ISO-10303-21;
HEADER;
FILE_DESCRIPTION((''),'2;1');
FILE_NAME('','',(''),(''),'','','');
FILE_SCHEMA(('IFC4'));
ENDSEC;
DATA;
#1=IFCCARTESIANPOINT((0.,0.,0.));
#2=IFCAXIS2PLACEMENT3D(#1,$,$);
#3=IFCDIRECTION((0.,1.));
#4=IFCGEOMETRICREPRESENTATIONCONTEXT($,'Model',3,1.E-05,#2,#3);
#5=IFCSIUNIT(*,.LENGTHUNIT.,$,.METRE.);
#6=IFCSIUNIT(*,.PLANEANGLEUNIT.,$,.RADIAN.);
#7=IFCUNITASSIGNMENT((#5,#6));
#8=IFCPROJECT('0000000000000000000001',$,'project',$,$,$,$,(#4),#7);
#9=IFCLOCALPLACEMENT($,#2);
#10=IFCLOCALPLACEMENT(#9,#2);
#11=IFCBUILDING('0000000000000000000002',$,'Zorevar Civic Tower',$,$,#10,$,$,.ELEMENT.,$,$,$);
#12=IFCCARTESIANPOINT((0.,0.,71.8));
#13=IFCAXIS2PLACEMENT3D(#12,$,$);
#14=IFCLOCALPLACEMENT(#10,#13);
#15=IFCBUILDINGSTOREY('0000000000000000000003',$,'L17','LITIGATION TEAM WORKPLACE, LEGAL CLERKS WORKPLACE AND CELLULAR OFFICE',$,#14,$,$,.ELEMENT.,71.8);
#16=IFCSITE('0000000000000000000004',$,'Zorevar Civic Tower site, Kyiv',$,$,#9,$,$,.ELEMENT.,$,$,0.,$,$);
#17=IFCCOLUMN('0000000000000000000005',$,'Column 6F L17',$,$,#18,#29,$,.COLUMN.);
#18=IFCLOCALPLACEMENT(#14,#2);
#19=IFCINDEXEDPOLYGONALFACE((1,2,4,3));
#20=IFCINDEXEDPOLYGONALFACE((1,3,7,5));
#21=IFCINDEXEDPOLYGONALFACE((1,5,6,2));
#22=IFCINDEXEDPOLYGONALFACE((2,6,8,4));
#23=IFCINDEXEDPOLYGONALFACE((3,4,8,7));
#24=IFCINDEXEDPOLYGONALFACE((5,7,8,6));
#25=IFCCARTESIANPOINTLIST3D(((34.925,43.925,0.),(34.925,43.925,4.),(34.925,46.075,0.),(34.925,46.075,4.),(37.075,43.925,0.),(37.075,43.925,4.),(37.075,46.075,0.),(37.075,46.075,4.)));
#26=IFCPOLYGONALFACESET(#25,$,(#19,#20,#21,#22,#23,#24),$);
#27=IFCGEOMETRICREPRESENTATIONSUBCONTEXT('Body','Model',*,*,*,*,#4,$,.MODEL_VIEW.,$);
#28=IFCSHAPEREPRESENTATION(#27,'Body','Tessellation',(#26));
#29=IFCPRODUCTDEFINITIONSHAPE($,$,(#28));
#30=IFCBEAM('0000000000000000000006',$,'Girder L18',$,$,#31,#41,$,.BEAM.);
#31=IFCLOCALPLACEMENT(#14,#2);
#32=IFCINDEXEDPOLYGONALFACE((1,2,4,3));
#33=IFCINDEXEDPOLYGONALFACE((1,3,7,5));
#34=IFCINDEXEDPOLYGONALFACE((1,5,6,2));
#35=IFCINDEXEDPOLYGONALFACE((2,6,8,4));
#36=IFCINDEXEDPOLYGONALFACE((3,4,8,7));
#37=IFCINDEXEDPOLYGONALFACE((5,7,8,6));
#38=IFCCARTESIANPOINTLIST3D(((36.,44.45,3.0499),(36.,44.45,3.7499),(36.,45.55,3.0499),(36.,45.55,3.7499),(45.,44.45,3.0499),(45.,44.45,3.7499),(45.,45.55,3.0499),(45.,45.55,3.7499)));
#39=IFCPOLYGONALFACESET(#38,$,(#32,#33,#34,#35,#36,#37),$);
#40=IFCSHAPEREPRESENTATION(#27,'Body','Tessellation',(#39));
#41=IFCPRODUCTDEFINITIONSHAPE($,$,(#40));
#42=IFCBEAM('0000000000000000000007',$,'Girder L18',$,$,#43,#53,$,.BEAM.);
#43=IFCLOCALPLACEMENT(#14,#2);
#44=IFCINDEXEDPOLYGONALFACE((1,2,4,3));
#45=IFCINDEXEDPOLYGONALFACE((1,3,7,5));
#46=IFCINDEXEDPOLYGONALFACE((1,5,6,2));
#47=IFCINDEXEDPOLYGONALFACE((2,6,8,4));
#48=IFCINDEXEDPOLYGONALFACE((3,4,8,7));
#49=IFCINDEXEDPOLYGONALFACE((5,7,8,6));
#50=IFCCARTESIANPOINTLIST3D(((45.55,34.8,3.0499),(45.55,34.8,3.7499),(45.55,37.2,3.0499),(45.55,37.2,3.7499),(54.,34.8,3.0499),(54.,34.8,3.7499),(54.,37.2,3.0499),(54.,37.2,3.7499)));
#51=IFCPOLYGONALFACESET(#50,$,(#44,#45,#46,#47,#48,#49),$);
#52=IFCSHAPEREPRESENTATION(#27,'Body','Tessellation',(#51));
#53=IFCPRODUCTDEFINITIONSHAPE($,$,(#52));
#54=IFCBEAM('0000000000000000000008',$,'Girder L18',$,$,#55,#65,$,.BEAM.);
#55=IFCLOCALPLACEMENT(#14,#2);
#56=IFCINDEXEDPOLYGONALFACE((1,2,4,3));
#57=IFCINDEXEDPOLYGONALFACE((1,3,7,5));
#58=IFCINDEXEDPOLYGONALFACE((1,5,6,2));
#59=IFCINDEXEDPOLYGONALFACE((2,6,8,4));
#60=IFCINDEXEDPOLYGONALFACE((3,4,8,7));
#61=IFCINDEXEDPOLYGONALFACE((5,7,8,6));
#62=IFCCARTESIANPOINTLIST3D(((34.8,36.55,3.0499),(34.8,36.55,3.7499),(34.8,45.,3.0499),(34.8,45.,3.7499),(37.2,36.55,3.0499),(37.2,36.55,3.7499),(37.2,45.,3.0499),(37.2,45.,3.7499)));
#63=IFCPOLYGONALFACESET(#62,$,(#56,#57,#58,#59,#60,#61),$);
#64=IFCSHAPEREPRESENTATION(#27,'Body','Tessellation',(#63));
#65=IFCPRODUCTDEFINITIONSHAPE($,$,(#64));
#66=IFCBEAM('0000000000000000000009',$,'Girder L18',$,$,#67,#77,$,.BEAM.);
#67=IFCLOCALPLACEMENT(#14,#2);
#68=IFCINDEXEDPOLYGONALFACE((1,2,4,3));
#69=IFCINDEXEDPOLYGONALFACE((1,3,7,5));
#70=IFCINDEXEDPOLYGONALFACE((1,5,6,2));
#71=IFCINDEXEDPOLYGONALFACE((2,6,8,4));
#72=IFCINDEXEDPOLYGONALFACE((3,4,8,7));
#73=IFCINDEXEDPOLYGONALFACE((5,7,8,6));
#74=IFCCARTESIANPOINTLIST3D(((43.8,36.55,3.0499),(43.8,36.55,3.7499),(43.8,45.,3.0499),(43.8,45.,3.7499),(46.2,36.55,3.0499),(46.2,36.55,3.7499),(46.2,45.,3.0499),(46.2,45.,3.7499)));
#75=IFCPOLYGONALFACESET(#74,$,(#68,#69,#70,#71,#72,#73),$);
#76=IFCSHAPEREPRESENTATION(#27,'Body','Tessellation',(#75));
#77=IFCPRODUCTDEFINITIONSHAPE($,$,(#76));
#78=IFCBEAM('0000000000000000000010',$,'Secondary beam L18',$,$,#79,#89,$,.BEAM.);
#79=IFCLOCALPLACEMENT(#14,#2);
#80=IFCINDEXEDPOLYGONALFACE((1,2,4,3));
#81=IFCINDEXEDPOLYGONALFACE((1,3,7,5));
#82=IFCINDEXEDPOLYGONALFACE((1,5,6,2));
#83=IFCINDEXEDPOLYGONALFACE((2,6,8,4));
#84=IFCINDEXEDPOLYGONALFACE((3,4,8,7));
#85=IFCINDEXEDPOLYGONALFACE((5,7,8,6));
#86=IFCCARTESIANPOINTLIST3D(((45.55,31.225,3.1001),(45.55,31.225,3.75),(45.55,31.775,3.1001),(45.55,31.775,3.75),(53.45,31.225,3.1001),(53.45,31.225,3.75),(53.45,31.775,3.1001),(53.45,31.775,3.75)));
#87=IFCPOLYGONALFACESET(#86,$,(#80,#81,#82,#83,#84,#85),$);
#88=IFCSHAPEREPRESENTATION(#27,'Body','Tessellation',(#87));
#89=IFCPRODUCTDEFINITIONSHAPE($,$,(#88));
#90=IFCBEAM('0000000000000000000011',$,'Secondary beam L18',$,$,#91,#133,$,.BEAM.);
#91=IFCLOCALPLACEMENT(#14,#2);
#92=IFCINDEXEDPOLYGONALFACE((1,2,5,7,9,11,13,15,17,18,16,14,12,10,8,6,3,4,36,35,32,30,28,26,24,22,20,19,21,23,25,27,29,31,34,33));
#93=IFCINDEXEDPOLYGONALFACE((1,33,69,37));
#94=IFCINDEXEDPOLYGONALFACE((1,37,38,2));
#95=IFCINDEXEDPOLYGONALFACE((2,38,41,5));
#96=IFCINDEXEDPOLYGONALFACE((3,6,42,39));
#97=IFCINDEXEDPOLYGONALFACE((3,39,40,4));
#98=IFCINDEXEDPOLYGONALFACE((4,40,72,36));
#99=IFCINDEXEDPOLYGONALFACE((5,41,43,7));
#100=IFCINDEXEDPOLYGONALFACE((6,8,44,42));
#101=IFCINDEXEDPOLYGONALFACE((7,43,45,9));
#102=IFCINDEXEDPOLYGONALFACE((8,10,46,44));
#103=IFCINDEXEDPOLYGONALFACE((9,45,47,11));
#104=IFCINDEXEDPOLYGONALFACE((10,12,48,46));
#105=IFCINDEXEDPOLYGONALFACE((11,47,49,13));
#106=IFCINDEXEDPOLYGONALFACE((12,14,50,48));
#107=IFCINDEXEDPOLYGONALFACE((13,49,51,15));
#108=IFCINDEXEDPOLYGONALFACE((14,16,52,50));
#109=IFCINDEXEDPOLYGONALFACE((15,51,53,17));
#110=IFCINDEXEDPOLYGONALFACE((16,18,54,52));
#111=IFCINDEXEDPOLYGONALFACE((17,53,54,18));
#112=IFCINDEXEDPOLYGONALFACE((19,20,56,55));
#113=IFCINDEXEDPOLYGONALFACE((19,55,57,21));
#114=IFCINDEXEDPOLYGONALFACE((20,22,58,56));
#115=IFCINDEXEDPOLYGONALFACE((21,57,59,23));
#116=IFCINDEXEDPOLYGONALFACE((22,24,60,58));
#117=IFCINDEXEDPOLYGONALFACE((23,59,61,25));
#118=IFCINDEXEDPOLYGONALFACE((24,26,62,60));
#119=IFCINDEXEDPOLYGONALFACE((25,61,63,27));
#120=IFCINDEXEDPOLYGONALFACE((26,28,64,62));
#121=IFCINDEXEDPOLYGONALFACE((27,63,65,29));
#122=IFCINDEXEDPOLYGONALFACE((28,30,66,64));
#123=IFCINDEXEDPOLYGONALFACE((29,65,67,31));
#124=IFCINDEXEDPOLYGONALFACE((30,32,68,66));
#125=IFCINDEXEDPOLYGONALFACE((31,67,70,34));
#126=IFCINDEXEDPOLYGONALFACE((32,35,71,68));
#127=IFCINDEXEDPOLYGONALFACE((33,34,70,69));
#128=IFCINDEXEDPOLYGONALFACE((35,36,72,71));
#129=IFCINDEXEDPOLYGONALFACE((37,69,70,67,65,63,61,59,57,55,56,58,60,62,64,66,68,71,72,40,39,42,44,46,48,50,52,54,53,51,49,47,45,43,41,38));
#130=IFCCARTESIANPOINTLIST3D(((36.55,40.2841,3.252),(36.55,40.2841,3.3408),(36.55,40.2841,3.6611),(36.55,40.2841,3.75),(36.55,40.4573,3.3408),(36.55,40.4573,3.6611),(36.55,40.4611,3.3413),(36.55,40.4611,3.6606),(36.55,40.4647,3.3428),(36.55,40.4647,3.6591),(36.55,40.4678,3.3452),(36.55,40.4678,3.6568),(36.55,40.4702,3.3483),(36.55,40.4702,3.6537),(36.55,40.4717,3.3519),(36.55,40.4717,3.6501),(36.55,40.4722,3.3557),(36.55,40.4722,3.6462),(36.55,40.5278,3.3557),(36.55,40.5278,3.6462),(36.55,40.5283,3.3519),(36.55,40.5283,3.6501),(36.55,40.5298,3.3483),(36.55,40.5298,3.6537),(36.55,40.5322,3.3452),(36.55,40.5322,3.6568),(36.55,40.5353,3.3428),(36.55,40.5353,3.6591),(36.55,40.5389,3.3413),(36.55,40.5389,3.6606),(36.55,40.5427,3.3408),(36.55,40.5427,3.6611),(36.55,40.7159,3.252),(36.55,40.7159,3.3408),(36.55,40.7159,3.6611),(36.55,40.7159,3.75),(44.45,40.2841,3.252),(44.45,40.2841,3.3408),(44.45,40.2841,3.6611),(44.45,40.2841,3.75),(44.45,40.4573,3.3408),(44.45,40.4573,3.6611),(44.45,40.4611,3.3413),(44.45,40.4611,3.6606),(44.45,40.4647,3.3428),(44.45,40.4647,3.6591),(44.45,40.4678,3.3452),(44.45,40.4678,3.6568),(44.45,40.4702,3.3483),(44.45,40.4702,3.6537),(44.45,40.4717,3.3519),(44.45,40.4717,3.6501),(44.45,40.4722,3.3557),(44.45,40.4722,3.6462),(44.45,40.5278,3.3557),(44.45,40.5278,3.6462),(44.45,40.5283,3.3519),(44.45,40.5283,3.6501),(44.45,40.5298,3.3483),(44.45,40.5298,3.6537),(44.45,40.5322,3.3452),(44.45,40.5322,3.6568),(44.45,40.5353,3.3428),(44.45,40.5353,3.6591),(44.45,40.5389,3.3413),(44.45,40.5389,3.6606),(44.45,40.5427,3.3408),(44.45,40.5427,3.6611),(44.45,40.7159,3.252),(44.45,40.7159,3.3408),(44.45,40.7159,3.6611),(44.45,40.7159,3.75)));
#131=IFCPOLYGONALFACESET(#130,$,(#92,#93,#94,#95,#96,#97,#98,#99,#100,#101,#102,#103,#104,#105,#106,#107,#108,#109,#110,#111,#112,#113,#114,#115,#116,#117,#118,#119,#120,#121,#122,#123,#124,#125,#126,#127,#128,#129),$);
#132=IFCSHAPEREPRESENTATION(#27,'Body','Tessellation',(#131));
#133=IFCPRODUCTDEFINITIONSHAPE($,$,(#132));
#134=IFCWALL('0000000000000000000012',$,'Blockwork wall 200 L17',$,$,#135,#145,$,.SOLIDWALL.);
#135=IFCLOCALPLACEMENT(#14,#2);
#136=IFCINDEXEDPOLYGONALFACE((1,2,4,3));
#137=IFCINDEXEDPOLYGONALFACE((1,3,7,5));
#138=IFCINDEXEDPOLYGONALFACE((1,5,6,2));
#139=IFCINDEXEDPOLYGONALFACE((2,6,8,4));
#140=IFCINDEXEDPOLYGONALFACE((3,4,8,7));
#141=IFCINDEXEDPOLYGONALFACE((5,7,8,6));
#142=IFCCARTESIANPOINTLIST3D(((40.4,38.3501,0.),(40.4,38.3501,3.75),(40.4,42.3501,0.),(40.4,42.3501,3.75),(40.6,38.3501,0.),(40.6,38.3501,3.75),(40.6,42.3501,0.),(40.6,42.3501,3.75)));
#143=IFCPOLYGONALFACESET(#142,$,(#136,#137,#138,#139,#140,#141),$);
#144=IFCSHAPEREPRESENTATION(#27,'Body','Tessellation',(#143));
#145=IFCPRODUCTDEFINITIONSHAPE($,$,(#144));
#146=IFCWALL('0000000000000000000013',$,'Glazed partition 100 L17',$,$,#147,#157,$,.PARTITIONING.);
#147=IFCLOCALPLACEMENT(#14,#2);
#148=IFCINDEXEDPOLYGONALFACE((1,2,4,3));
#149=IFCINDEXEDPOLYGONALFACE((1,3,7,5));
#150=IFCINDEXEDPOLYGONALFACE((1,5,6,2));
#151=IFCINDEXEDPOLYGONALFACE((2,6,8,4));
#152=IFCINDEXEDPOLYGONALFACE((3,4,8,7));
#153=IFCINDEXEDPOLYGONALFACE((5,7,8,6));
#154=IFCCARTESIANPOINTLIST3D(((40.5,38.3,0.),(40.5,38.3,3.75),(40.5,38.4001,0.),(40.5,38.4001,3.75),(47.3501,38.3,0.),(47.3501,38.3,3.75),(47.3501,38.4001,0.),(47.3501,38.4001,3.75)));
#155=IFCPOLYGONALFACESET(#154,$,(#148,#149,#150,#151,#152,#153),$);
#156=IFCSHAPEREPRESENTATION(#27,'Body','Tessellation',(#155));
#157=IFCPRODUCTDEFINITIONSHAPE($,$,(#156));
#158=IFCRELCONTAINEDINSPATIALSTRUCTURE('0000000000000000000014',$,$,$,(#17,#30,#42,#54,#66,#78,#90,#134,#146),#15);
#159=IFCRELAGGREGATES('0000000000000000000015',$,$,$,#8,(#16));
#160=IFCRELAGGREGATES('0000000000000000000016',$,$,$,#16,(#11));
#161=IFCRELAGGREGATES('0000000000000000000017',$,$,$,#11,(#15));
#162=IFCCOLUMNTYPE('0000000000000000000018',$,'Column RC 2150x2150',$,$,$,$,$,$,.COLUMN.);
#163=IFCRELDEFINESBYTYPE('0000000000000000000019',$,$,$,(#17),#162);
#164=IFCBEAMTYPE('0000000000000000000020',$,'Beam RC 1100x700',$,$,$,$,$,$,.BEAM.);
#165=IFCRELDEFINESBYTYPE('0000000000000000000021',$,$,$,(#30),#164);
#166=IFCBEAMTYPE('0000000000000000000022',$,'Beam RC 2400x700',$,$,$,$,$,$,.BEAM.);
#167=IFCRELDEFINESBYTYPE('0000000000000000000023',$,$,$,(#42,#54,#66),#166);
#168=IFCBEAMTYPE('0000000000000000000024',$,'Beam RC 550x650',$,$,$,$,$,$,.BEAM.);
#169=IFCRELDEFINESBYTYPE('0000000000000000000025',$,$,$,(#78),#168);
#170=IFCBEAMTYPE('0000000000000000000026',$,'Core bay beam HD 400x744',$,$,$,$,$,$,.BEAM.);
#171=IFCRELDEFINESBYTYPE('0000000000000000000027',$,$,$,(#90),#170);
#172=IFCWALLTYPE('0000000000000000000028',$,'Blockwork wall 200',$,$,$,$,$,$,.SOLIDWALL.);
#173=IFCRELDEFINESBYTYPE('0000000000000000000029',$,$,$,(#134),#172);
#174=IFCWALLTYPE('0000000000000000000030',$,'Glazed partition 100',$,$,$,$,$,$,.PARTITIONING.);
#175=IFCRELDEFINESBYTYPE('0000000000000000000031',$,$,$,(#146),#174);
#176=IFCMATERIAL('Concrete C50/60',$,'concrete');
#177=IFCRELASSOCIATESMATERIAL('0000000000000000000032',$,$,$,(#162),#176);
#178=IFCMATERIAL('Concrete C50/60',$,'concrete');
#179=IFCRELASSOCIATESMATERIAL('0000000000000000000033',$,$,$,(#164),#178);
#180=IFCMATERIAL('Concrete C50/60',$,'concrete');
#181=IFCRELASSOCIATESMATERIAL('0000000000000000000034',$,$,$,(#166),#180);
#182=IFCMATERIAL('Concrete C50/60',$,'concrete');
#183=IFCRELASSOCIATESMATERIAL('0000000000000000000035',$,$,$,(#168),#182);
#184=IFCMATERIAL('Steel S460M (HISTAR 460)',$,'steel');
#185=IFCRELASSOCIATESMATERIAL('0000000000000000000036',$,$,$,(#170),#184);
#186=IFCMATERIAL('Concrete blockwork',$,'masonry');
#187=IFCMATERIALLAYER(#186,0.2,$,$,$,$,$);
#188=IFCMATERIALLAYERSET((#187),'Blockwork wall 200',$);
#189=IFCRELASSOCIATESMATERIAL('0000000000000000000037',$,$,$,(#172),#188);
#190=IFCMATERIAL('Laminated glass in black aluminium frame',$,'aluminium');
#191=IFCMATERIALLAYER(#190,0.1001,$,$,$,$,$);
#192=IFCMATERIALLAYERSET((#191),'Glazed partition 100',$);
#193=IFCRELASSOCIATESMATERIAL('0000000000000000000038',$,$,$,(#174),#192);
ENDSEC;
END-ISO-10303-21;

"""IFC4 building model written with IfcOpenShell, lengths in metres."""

from ifc_helpers import new_model, si_unit, direction, frame, frame_2d, origin, origin_2d, place, context, subcontext, project, spatial, rectangle, i_section, extrude, material, layer, layer_set, material_profile, profile_set, type_object, element, save


model = new_model("IFC4")

# Units and contexts
model_context = context("Model", 3, precision=1e-05, world=origin(), true_north=direction((0.0, 1.0)))
body_context = subcontext(model_context, "Body", "Model", "MODEL_VIEW")
ifc_project = project(units=[si_unit("LENGTHUNIT", "METRE"), si_unit("PLANEANGLEUNIT", "RADIAN")], contexts=[model_context])

# Site, building, storey
site_placement = place(None, origin())
site = spatial("IfcSite", under=ifc_project, at=site_placement, Name="Zorevar Civic Tower site, Kyiv", CompositionType="ELEMENT", RefElevation=0.0)
building_placement = place(site_placement, origin())
building = spatial("IfcBuilding", under=site, at=building_placement, Name="Zorevar Civic Tower", CompositionType="ELEMENT")
storey_placement = place(building_placement, frame((0.0, 0.0, 71.8)))
storey = spatial("IfcBuildingStorey", under=building, at=storey_placement, Name="L17", Description="LITIGATION TEAM WORKPLACE, LEGAL CLERKS WORKPLACE AND CELLULAR OFFICE", CompositionType="ELEMENT", Elevation=71.8)

# Column
ifc_material_1 = material(Name="Concrete C50/60", Category="concrete")
ifc_material_profile_1 = material_profile(ifc_material_1, rectangle(XDim=2.1499, YDim=2.1499, at=origin_2d()), Name="RC 2150x2150")
ifc_profile_set_1 = profile_set([ifc_material_profile_1], Name="Concrete C50/60")
column_type = type_object("IfcColumnType", Name="Column RC 2150x2150", PredefinedType="COLUMN", material=ifc_profile_set_1)
column_placement = place(storey_placement, frame((36.0, 45.0, 0.0), z_axis=(0.0, 0.0, 1.0), x_axis=(1.0, 0.0, 0.0)))
element("IfcColumn", 1, at=column_placement, inside=storey, type_object=column_type, Name="Column 6F L17", PredefinedType="COLUMN", context=body_context, shape_type="SweptSolid", body=[
    extrude(rectangle(XDim=2.1499, YDim=2.1499, at=origin_2d()), origin(), (0.0, 0.0, 1.0), 4.0),
])

# Beams
ifc_material_2 = material(Name="Concrete C50/60", Category="concrete")
ifc_material_profile_2 = material_profile(ifc_material_2, rectangle(XDim=1.1001, YDim=0.7, at=origin_2d()), Name="RC 1100x700")
ifc_profile_set_2 = profile_set([ifc_material_profile_2], Name="Concrete C50/60")
beam_type_1 = type_object("IfcBeamType", Name="Beam RC 1100x700", PredefinedType="BEAM", material=ifc_profile_set_2)
beam_1_placement = place(storey_placement, frame((36.0, 45.0, 3.3999), z_axis=(1.0, 0.0, 0.0), x_axis=(0.0, 1.0, 0.0)))
element("IfcBeam", 2, at=beam_1_placement, inside=storey, type_object=beam_type_1, Name="Girder L18", PredefinedType="BEAM", context=body_context, shape_type="SweptSolid", body=[
    extrude(rectangle(XDim=1.1001, YDim=0.7, at=origin_2d()), origin(), (0.0, 0.0, 1.0), 9.0),
])
ifc_material_3 = material(Name="Concrete C50/60", Category="concrete")
ifc_material_profile_3 = material_profile(ifc_material_3, rectangle(XDim=2.3999, YDim=0.7, at=origin_2d()), Name="RC 2400x700")
ifc_profile_set_3 = profile_set([ifc_material_profile_3], Name="Concrete C50/60")
beam_type_2 = type_object("IfcBeamType", Name="Beam RC 2400x700", PredefinedType="BEAM", material=ifc_profile_set_3)
for number, where, z_axis, x_axis, name in (
    (3, (45.55, 36.0, 3.3999), (1.0, 0.0, 0.0), (0.0, 1.0, 0.0), "Girder L18"),
    (4, (36.0, 36.55, 3.3999), (0.0, 1.0, 0.0), (-1.0, 0.0, 0.0), "Girder L18"),
    (5, (45.0, 36.55, 3.3999), (0.0, 1.0, 0.0), (-1.0, 0.0, 0.0), "Girder L18"),
):
    element("IfcBeam", number, at=place(storey_placement, frame(where, z_axis=z_axis, x_axis=x_axis)), inside=storey, type_object=beam_type_2, Name=name, PredefinedType="BEAM", context=body_context, shape_type="SweptSolid", body=[
        extrude(rectangle(XDim=2.3999, YDim=0.7, at=origin_2d()), origin(), (0.0, 0.0, 1.0), 8.45),
    ])
ifc_material_4 = material(Name="Concrete C50/60", Category="concrete")
ifc_material_profile_4 = material_profile(ifc_material_4, rectangle(XDim=0.55, YDim=0.6499, at=origin_2d()), Name="RC 550x650")
ifc_profile_set_4 = profile_set([ifc_material_profile_4], Name="Concrete C50/60")
beam_type_3 = type_object("IfcBeamType", Name="Beam RC 550x650", PredefinedType="BEAM", material=ifc_profile_set_4)
beam_2_placement = place(storey_placement, frame((45.55, 31.5, 3.425), z_axis=(1.0, 0.0, 0.0), x_axis=(0.0, 1.0, 0.0)))
element("IfcBeam", 6, at=beam_2_placement, inside=storey, type_object=beam_type_3, Name="Secondary beam L18", PredefinedType="BEAM", context=body_context, shape_type="SweptSolid", body=[
    extrude(rectangle(XDim=0.55, YDim=0.6499, at=origin_2d()), origin(), (0.0, 0.0, 1.0), 7.8999),
])
ifc_material_5 = material(Name="Steel S460M (HISTAR 460)", Category="steel")
ifc_material_profile_5 = material_profile(ifc_material_5, i_section(OverallWidth=0.4319, OverallDepth=0.498, WebThickness=0.0557, FlangeThickness=0.0889, FilletRadius=0.0149, at=origin_2d()), Name="HD 400x744")
ifc_profile_set_5 = profile_set([ifc_material_profile_5], Name="Steel S460M (HISTAR 460)")
beam_type_4 = type_object("IfcBeamType", Name="Core bay beam HD 400x744", PredefinedType="BEAM", material=ifc_profile_set_5)
beam_3_placement = place(storey_placement, frame((36.55, 40.5, 3.501), z_axis=(1.0, 0.0, 0.0), x_axis=(0.0, 1.0, 0.0)))
element("IfcBeam", 7, at=beam_3_placement, inside=storey, type_object=beam_type_4, Name="Secondary beam L18", PredefinedType="BEAM", context=body_context, shape_type="SweptSolid", body=[
    extrude(i_section(OverallWidth=0.4319, OverallDepth=0.498, WebThickness=0.0557, FlangeThickness=0.0889, FilletRadius=0.0149, at=origin_2d()), origin(), (0.0, 0.0, 1.0), 7.8999),
])

# Wall
ifc_material_6 = material(Name="Concrete blockwork", Category="masonry")
ifc_layer_1 = layer(ifc_material_6, 0.2)
ifc_layer_set_1 = layer_set([ifc_layer_1], Name="Blockwork wall 200")
wall_type_1 = type_object("IfcWallType", Name="Blockwork wall 200", PredefinedType="SOLIDWALL", material=ifc_layer_set_1)
wall_1_placement = place(storey_placement, frame((40.5, 38.3501, 0.0), z_axis=(0.0, 0.0, 1.0), x_axis=(0.0, 1.0, 0.0)))
element("IfcWall", 8, at=wall_1_placement, inside=storey, type_object=wall_type_1, Name="Blockwork wall 200 L17", PredefinedType="SOLIDWALL", context=body_context, shape_type="SweptSolid", body=[
    extrude(rectangle(XDim=4.0, YDim=0.2, at=frame_2d((2.0, 0.0))), origin(), (0.0, 0.0, 1.0), 3.75),
])

# Wall
ifc_material_7 = material(Name="Laminated glass in black aluminium frame", Category="aluminium")
ifc_layer_2 = layer(ifc_material_7, 0.1001)
ifc_layer_set_2 = layer_set([ifc_layer_2], Name="Glazed partition 100")
wall_type_2 = type_object("IfcWallType", Name="Glazed partition 100", PredefinedType="PARTITIONING", material=ifc_layer_set_2)
wall_2_placement = place(storey_placement, frame((40.5, 38.3501, 0.0), z_axis=(0.0, 0.0, 1.0), x_axis=(1.0, 0.0, 0.0)))
element("IfcWall", 9, at=wall_2_placement, inside=storey, type_object=wall_type_2, Name="Glazed partition 100 L17", PredefinedType="PARTITIONING", context=body_context, shape_type="SweptSolid", body=[
    extrude(rectangle(XDim=6.8501, YDim=0.1001, at=frame_2d((3.425, 0.0))), origin(), (0.0, 0.0, 1.0), 3.75),
])

save(model, "model.ifc")
